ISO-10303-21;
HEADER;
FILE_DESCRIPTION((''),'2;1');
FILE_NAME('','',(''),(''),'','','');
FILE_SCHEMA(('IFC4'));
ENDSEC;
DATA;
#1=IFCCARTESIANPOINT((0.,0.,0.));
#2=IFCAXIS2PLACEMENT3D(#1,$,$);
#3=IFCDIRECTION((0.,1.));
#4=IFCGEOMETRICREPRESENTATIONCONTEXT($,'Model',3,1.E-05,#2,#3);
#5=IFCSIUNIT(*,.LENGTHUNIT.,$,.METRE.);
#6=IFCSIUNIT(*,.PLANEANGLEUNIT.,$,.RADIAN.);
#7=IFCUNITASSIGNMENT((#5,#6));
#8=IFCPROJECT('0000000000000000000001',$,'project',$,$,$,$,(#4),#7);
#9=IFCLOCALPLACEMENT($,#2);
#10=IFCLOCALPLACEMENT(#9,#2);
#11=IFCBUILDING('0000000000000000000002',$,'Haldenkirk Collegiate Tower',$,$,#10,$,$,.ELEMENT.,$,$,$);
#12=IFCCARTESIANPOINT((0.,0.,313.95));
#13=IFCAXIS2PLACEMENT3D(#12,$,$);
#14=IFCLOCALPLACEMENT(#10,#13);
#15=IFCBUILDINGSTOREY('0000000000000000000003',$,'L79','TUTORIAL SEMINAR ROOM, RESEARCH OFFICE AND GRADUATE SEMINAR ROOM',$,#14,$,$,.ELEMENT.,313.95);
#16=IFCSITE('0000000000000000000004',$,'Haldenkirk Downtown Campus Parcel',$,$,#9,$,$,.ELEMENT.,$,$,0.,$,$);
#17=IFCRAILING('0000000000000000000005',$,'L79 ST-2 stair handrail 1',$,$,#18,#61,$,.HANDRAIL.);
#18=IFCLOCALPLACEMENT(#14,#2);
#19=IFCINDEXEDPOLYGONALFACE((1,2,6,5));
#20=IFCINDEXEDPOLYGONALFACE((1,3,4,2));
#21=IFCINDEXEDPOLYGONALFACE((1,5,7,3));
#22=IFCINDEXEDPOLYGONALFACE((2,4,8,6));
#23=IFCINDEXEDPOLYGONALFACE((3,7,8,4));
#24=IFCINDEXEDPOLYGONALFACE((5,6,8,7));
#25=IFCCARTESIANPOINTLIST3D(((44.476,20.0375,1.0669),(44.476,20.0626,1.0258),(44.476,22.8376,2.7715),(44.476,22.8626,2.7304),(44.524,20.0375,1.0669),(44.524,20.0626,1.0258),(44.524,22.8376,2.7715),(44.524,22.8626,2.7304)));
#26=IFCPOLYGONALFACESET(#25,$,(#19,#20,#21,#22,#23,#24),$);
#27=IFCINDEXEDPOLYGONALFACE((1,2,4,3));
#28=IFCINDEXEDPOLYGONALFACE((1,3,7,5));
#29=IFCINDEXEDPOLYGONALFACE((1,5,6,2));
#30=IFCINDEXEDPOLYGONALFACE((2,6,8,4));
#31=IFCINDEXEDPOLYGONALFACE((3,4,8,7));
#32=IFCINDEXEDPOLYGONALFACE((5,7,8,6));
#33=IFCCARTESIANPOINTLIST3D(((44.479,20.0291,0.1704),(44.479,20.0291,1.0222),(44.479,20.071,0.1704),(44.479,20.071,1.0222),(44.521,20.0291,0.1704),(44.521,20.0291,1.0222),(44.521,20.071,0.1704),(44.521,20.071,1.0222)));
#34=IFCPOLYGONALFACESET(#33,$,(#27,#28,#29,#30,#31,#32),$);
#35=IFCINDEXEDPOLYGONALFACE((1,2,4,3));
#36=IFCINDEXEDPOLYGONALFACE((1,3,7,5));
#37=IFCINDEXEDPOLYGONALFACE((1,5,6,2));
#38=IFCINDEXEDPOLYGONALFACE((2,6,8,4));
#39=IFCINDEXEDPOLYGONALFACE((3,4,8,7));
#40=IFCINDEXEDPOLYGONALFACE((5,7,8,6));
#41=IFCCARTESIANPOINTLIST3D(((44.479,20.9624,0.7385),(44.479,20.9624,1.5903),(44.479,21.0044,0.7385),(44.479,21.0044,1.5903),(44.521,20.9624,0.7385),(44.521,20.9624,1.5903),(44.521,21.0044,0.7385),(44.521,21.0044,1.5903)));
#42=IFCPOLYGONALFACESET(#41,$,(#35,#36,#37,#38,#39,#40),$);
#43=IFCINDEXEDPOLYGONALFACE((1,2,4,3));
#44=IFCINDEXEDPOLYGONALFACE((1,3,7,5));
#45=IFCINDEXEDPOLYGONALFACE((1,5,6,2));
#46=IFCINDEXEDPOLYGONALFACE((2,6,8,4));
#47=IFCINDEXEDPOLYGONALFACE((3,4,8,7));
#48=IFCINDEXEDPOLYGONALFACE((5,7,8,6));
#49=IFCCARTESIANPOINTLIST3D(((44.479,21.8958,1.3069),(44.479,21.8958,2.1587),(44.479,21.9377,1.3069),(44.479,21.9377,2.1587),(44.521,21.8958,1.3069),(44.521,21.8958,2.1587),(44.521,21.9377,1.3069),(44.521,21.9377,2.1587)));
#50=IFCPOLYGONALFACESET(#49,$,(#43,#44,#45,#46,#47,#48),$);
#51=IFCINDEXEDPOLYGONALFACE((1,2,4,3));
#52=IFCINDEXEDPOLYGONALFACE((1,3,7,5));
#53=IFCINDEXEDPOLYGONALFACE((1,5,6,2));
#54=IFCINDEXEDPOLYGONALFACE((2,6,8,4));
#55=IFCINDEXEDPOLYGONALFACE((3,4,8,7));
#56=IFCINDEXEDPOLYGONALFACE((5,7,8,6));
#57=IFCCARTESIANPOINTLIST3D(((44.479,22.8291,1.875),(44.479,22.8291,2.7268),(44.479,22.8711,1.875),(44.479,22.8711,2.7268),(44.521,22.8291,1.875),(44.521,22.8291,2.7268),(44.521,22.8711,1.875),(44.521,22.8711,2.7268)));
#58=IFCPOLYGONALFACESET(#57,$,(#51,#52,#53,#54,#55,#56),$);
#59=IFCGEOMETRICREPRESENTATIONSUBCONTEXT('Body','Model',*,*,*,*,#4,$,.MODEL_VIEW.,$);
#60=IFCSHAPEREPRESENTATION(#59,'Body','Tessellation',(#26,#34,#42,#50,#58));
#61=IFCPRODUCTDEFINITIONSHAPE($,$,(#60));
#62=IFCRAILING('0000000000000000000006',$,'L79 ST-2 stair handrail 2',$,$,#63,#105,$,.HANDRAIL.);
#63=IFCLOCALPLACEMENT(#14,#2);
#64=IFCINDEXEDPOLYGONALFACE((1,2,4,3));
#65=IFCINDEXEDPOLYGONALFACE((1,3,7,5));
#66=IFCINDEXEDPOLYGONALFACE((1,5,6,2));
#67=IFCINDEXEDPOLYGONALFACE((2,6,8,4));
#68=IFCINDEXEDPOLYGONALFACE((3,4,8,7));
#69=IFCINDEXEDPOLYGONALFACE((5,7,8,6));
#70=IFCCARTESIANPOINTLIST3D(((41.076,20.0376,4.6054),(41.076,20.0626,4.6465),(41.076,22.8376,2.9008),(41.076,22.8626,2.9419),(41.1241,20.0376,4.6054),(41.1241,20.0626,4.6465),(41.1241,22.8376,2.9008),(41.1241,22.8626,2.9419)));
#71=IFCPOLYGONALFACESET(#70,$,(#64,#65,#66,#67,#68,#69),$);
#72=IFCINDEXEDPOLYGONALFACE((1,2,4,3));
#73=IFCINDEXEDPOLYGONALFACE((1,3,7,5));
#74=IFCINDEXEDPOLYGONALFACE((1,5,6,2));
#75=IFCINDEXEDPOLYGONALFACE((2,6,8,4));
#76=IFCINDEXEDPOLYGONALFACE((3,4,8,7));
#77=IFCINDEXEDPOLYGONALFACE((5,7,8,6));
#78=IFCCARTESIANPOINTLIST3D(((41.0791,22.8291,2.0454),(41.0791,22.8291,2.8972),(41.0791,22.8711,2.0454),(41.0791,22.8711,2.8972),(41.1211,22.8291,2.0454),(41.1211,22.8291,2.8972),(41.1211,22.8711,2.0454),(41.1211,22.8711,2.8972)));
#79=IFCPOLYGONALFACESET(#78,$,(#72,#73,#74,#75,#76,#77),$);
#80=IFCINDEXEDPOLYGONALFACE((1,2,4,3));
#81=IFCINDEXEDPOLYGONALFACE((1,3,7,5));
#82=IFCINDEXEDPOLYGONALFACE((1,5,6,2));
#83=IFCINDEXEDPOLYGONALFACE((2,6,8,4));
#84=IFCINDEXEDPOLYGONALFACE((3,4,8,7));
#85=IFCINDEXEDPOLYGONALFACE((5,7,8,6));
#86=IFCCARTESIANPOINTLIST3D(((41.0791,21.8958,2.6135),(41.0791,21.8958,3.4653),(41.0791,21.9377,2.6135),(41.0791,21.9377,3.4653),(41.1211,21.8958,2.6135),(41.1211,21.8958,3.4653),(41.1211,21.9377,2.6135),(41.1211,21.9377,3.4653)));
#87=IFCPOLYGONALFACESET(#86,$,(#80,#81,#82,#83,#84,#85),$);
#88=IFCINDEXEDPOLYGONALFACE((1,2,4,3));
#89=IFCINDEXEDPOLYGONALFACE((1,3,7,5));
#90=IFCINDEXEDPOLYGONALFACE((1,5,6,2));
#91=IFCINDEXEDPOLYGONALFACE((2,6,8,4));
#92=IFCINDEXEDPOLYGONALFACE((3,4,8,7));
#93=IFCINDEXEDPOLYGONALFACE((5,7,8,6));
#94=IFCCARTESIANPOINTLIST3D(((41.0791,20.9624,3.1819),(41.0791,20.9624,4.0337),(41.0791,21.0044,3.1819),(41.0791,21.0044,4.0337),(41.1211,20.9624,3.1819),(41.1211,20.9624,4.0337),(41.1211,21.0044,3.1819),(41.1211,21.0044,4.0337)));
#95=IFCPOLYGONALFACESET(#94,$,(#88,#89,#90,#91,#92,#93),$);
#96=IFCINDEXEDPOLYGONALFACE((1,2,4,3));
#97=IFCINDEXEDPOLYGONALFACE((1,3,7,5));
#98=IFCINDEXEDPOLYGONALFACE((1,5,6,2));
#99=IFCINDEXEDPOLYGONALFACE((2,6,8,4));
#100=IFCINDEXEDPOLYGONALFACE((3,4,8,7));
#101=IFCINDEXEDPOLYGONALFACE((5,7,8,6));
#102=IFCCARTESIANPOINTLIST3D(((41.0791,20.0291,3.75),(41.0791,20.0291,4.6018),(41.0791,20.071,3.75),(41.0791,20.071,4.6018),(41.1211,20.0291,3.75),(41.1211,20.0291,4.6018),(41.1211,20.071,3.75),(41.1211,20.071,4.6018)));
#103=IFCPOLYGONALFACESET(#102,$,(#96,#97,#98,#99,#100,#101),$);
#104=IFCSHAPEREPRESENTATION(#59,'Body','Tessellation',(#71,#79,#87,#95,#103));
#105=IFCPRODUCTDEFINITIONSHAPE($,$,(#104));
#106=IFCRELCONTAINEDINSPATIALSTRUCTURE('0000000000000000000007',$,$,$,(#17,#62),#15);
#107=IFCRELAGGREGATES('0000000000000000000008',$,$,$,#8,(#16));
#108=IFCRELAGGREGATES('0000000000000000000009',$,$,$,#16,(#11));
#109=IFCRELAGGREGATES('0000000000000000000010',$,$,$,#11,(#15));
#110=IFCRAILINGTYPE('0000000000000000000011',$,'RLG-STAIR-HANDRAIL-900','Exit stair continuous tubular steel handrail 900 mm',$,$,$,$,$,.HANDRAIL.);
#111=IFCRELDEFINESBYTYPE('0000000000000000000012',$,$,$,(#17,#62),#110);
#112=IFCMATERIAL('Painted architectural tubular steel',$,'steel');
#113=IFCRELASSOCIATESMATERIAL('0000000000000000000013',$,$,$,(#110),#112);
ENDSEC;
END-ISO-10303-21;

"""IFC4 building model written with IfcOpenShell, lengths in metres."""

from ifc_helpers import new_model, si_unit, direction, frame, origin, origin_2d, place, context, subcontext, project, spatial, rectangle, extrude, material, type_object, element, save


model = new_model("IFC4")

# Units and contexts
model_context = context("Model", 3, precision=1e-05, world=origin(), true_north=direction((0.0, 1.0)))
body_context = subcontext(model_context, "Body", "Model", "MODEL_VIEW")
ifc_project = project(units=[si_unit("LENGTHUNIT", "METRE"), si_unit("PLANEANGLEUNIT", "RADIAN")], contexts=[model_context])

# Site, building, storey
site_placement = place(None, origin())
site = spatial("IfcSite", under=ifc_project, at=site_placement, Name="Haldenkirk Downtown Campus Parcel", CompositionType="ELEMENT", RefElevation=0.0)
building_placement = place(site_placement, origin())
building = spatial("IfcBuilding", under=site, at=building_placement, Name="Haldenkirk Collegiate Tower", CompositionType="ELEMENT")
storey_placement = place(building_placement, frame((0.0, 0.0, 313.95)))
storey = spatial("IfcBuildingStorey", under=building, at=storey_placement, Name="L79", Description="TUTORIAL SEMINAR ROOM, RESEARCH OFFICE AND GRADUATE SEMINAR ROOM", CompositionType="ELEMENT", Elevation=313.95)

# Railings
ifc_material_1 = material(Name="Painted architectural tubular steel", Category="steel")
railing_type_1 = type_object("IfcRailingType", Name="RLG-STAIR-HANDRAIL-900", Description="Exit stair continuous tubular steel handrail 900 mm", PredefinedType="HANDRAIL", material=ifc_material_1)
railing_1_placement = place(storey_placement, frame((44.5, 20.05, 0.1704)))
element("IfcRailing", 1, at=railing_1_placement, inside=storey, type_object=railing_type_1, Name="L79 ST-2 stair handrail 1", PredefinedType="HANDRAIL", context=body_context, shape_type="SweptSolid", body=[
    extrude(rectangle(XDim=0.0481, YDim=0.0481, at=origin_2d()), frame((0.0, 0.0, 0.876), z_axis=(0.0, 0.85417, 0.519994), x_axis=(-1.0, 0.0, 0.0)), (0.0, 0.0, 1.0), 3.2781),
    extrude(rectangle(XDim=0.042, YDim=0.042, at=origin_2d()), origin(), (0.0, 0.0, 1.0), 0.8518),
    extrude(rectangle(XDim=0.042, YDim=0.042, at=origin_2d()), frame((0.0, 0.9333, 0.5681)), (0.0, 0.0, 1.0), 0.8518),
    extrude(rectangle(XDim=0.042, YDim=0.042, at=origin_2d()), frame((0.0, 1.8667, 1.1365)), (0.0, 0.0, 1.0), 0.8518),
    extrude(rectangle(XDim=0.042, YDim=0.042, at=origin_2d()), frame((0.0, 2.8, 1.7046)), (0.0, 0.0, 1.0), 0.8518),
])
railing_2_placement = place(storey_placement, frame((41.1001, 22.8501, 2.0454)))
element("IfcRailing", 2, at=railing_2_placement, inside=storey, type_object=railing_type_1, Name="L79 ST-2 stair handrail 2", PredefinedType="HANDRAIL", context=body_context, shape_type="SweptSolid", body=[
    extrude(rectangle(XDim=0.0481, YDim=0.0481, at=origin_2d()), frame((0.0, 0.0, 0.876), z_axis=(0.0, -0.85417, 0.519994), x_axis=(1.0, 0.0, 0.0)), (0.0, 0.0, 1.0), 3.2781),
    extrude(rectangle(XDim=0.042, YDim=0.042, at=origin_2d()), origin(), (0.0, 0.0, 1.0), 0.8518),
    extrude(rectangle(XDim=0.042, YDim=0.042, at=origin_2d()), frame((0.0, -0.9333, 0.5681)), (0.0, 0.0, 1.0), 0.8518),
    extrude(rectangle(XDim=0.042, YDim=0.042, at=origin_2d()), frame((0.0, -1.8667, 1.1365)), (0.0, 0.0, 1.0), 0.8518),
    extrude(rectangle(XDim=0.042, YDim=0.042, at=origin_2d()), frame((0.0, -2.8, 1.7046)), (0.0, 0.0, 1.0), 0.8518),
])

save(model, "model.ifc")
